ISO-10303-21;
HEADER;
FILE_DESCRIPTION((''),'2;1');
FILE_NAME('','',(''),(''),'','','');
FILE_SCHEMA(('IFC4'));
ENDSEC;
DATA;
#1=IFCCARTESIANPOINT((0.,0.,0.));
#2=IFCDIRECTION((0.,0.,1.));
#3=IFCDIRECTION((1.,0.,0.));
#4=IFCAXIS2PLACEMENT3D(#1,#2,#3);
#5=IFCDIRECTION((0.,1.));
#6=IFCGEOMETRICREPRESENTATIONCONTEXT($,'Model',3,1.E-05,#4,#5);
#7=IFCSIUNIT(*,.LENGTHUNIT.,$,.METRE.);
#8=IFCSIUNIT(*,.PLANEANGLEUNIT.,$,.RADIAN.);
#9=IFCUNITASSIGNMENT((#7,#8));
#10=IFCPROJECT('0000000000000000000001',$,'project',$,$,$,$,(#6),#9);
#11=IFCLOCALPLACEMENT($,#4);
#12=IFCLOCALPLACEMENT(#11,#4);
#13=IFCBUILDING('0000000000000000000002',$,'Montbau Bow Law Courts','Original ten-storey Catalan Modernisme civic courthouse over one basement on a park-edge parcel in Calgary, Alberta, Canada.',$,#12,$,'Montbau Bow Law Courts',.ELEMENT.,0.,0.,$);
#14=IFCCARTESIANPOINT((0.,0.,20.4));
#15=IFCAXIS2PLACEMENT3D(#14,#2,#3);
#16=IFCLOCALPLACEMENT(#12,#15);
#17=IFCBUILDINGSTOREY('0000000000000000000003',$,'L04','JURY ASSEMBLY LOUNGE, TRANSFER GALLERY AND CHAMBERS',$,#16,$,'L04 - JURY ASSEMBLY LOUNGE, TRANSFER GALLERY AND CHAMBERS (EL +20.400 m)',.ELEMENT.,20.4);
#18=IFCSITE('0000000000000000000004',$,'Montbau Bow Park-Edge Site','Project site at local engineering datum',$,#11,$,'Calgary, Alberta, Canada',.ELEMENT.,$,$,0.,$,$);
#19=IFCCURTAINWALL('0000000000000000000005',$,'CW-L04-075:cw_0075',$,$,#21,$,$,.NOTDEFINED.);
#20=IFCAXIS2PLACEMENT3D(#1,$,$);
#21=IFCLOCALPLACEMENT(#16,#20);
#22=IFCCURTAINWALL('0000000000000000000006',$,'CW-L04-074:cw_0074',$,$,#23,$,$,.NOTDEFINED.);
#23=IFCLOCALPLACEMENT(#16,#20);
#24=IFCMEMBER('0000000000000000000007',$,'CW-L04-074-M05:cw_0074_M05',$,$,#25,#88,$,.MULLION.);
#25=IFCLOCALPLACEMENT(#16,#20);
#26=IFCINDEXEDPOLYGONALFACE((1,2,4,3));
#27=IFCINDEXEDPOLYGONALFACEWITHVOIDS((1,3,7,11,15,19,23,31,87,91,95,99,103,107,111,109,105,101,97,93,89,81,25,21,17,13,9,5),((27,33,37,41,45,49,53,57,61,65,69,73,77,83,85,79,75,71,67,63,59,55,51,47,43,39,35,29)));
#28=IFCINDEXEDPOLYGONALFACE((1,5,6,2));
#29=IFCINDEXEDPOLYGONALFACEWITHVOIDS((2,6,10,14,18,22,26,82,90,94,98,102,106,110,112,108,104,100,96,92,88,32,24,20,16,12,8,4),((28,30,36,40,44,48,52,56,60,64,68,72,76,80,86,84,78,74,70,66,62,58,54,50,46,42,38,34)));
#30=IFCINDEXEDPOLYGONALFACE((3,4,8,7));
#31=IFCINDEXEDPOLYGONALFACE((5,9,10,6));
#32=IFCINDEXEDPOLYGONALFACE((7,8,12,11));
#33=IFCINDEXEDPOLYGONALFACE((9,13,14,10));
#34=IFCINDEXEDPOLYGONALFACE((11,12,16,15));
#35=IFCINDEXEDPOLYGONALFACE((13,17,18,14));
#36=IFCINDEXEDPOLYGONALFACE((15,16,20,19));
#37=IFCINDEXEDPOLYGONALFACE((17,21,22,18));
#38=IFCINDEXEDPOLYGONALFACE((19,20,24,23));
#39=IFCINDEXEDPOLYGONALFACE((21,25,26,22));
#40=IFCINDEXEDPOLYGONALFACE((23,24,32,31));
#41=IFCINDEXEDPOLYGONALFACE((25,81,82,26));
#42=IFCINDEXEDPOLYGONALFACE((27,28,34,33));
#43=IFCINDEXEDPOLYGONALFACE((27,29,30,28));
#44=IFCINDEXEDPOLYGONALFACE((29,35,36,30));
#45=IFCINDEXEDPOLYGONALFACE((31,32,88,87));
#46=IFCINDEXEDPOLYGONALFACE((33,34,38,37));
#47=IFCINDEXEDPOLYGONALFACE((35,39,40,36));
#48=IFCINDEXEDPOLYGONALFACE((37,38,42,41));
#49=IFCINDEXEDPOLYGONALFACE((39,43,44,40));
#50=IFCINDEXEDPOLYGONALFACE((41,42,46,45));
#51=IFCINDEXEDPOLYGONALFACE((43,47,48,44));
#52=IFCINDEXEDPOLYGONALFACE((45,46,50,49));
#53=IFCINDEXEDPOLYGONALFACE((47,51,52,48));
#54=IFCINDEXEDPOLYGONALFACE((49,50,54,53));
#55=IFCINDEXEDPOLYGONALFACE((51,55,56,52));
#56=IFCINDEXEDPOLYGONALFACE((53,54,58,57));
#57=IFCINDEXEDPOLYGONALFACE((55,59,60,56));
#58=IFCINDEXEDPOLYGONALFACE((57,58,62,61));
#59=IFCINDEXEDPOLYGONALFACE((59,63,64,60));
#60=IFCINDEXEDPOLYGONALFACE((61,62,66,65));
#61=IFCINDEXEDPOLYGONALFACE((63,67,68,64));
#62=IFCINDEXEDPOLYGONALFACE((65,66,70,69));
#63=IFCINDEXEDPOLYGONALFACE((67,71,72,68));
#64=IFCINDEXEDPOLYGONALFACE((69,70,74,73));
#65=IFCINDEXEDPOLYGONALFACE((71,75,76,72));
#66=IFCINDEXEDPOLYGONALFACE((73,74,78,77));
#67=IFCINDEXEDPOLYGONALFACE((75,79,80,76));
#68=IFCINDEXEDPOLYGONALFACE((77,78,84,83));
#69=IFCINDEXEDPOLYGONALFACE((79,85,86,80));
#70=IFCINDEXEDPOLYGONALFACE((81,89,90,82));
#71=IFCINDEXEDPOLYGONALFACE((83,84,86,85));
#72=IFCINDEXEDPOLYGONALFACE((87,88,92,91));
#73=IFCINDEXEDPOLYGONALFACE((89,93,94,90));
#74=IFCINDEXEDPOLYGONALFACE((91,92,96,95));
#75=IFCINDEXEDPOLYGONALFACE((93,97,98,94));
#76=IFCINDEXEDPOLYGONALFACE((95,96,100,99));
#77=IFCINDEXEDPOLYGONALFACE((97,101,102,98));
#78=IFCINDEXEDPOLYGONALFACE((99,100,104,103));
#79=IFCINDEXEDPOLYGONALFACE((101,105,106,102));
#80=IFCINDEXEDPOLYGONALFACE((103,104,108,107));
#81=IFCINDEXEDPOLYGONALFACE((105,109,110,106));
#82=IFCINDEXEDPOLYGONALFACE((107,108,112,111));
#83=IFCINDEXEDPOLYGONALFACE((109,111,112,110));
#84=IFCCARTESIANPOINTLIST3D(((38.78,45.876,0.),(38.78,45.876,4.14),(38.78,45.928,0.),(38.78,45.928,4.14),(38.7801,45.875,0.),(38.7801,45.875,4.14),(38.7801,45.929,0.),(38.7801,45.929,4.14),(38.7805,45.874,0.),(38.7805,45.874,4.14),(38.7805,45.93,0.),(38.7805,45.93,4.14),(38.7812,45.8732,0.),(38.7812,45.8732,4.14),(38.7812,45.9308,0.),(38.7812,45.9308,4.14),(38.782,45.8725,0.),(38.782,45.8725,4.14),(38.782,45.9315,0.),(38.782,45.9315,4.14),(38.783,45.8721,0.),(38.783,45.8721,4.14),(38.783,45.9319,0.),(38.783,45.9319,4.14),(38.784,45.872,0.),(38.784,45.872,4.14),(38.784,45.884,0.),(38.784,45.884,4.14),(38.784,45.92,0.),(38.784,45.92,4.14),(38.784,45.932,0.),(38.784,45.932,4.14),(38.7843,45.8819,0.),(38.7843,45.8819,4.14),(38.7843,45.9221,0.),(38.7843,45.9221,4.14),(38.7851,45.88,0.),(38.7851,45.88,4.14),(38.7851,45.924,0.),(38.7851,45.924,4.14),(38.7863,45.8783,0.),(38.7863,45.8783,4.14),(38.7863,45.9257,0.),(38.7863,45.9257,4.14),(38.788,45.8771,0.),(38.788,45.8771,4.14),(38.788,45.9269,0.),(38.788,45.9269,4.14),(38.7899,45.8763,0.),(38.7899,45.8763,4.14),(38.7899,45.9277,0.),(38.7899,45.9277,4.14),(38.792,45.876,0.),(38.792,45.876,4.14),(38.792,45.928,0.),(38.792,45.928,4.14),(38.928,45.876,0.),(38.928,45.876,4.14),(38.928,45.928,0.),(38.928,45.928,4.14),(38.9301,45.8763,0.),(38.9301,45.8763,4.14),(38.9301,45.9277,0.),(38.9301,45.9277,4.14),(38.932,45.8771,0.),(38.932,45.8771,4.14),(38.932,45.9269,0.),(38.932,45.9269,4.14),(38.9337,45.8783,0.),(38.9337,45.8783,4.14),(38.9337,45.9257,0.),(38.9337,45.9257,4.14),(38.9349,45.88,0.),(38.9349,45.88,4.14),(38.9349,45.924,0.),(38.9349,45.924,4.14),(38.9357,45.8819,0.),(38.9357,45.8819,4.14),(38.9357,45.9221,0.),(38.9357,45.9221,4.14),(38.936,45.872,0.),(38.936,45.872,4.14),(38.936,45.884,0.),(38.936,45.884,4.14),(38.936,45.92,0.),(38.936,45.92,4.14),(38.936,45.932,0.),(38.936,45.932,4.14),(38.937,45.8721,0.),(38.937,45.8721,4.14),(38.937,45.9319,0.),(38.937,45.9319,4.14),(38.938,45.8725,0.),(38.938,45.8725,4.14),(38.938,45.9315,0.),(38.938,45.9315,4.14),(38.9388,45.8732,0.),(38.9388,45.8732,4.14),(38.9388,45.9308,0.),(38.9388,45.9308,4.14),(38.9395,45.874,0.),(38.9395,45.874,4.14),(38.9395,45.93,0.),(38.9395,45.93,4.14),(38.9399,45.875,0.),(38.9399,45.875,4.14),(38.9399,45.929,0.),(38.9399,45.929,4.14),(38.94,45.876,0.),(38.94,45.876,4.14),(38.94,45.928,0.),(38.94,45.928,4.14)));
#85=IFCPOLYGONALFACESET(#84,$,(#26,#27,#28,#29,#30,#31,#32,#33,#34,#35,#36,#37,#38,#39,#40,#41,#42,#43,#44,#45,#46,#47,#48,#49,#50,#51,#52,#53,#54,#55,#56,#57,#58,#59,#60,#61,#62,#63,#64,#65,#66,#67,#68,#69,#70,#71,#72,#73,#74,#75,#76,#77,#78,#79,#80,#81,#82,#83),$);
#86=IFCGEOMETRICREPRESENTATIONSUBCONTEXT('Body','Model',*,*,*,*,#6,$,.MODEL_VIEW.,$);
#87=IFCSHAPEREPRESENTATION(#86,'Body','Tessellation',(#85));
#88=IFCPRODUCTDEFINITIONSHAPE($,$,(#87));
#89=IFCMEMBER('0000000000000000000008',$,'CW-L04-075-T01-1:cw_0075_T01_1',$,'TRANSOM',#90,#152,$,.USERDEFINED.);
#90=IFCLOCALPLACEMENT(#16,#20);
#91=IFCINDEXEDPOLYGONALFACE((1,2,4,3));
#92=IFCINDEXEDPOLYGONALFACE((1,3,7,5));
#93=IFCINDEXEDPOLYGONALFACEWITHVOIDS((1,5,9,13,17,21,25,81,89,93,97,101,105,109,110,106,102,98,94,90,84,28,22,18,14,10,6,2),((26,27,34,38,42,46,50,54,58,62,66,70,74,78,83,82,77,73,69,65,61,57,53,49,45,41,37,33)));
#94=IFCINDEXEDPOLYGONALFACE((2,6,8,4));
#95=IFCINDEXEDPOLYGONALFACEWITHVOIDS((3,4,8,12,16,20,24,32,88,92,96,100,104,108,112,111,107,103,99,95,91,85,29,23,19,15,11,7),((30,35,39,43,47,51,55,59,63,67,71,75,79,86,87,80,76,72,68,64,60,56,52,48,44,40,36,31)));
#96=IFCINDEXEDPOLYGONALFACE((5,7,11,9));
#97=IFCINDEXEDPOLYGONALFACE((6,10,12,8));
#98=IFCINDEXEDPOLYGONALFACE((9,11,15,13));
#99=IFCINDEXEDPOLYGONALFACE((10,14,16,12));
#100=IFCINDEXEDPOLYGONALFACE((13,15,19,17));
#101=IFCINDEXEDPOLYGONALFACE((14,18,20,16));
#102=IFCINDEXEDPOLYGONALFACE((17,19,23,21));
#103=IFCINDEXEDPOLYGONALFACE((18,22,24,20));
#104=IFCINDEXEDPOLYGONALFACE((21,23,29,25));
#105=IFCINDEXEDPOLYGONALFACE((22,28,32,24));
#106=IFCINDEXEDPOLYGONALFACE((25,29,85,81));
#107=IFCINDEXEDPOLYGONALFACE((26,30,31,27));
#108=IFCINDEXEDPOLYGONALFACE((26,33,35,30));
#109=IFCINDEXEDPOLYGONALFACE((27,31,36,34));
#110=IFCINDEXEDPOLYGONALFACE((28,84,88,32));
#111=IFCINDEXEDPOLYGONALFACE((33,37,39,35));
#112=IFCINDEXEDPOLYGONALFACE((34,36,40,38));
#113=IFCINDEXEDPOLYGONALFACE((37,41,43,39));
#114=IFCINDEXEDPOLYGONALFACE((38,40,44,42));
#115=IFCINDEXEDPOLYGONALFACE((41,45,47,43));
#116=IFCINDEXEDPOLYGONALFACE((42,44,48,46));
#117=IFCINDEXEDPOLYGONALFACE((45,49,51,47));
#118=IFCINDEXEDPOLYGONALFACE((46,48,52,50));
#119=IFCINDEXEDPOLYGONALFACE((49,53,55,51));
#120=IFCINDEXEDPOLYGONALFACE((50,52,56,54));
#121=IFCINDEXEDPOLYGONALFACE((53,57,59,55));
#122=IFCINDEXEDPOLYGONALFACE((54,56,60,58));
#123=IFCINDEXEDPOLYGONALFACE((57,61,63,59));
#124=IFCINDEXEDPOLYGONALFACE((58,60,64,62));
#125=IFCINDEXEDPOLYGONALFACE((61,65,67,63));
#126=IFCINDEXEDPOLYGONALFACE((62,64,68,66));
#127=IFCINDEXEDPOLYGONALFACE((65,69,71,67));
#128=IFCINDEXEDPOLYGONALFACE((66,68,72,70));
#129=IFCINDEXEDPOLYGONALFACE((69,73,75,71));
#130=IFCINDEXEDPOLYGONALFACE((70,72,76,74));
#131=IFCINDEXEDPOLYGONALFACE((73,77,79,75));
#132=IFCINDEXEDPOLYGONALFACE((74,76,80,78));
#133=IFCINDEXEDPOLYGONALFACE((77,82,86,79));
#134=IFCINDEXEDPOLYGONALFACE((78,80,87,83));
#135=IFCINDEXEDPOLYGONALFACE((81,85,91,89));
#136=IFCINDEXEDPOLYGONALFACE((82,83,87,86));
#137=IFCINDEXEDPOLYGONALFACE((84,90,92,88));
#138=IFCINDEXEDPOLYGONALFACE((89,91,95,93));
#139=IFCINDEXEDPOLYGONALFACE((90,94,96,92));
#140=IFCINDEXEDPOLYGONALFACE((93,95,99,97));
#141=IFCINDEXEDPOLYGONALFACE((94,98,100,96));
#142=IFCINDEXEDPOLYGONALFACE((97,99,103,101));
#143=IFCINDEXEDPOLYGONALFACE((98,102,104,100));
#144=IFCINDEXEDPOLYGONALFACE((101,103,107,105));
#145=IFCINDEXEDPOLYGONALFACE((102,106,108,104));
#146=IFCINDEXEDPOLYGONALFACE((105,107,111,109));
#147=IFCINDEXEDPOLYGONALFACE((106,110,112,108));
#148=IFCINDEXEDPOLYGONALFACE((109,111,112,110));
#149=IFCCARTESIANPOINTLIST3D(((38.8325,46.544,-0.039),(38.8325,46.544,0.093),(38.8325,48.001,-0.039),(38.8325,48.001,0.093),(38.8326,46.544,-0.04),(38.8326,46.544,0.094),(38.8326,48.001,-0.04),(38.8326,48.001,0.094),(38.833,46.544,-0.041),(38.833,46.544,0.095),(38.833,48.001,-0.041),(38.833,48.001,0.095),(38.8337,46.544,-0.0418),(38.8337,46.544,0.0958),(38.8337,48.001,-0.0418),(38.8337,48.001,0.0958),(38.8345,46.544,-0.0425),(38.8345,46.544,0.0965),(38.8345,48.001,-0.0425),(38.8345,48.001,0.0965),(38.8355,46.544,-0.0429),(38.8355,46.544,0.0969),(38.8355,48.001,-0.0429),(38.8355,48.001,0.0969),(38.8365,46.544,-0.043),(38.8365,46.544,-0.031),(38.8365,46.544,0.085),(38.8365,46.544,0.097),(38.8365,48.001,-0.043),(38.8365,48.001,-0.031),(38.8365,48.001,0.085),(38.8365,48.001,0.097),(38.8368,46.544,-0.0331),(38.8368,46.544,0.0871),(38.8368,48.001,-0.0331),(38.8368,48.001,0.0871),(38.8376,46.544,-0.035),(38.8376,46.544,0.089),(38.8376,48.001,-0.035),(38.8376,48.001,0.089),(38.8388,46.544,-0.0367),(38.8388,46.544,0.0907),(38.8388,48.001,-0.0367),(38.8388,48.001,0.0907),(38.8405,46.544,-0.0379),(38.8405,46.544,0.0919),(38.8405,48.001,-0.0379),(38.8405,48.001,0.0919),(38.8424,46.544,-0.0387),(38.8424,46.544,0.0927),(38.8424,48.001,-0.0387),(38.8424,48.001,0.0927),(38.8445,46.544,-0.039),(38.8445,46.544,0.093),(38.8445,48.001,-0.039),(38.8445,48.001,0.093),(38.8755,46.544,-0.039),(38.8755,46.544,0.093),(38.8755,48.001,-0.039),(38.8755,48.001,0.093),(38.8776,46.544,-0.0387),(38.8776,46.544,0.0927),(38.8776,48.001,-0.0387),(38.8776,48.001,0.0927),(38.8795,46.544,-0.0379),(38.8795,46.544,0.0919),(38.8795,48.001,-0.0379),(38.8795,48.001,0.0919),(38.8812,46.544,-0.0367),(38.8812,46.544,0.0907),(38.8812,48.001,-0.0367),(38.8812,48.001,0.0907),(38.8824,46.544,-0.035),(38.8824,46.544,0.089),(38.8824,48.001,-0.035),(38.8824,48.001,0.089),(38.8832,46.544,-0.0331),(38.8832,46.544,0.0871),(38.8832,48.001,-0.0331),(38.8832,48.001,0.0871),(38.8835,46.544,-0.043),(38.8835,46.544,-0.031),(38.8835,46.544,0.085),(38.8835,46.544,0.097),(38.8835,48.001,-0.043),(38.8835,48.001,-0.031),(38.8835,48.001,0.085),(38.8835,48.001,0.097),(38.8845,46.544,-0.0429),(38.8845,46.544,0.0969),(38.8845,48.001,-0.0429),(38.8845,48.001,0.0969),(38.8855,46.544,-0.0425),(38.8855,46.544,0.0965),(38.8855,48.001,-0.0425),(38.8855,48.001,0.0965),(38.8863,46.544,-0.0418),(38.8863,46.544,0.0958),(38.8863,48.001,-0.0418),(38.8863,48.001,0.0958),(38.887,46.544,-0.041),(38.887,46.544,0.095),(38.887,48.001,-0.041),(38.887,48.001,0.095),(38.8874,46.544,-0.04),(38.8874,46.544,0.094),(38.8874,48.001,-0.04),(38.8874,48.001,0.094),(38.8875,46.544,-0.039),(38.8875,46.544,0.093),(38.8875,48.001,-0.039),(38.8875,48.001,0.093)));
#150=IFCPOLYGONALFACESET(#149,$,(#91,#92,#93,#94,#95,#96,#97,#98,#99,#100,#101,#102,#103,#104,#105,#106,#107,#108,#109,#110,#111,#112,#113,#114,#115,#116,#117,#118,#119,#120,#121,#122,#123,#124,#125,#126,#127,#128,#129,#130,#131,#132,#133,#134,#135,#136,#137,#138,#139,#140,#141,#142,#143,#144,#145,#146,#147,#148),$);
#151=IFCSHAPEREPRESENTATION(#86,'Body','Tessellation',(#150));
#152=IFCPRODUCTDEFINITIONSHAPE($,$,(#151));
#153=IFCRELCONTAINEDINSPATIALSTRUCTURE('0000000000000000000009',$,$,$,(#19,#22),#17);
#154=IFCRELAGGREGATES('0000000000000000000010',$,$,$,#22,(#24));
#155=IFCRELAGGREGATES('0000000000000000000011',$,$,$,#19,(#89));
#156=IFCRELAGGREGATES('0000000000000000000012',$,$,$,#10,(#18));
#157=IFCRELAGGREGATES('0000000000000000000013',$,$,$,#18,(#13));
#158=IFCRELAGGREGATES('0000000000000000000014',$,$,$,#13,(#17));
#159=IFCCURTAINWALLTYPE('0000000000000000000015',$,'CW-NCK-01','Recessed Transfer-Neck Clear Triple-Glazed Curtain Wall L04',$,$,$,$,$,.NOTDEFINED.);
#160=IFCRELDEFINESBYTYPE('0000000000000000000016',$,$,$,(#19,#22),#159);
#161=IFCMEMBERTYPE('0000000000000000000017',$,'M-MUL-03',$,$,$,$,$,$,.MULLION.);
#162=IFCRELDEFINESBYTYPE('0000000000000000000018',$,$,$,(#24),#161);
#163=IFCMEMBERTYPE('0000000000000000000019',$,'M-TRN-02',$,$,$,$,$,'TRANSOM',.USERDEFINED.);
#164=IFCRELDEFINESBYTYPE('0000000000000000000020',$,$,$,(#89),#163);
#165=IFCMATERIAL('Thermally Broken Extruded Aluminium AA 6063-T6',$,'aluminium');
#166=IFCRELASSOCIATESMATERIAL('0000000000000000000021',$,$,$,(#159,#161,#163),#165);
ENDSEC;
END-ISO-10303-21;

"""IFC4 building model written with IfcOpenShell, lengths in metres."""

from ifc_helpers import new_model, si_unit, direction, frame, origin_with_axes, origin_2d_with_axis, place, context, subcontext, project, spatial, hollow_rectangle, extrude, material, material_profile, profile_set, type_object, element, aggregate, save


model = new_model("IFC4")

# Units and contexts
model_context = context("Model", 3, precision=1e-05, world=origin_with_axes(), true_north=direction((0.0, 1.0)))
body_context = subcontext(model_context, "Body", "Model", "MODEL_VIEW")
ifc_project = project(units=[si_unit("LENGTHUNIT", "METRE"), si_unit("PLANEANGLEUNIT", "RADIAN")], contexts=[model_context])

# Site, building, storey
site_placement = place(None, origin_with_axes())
site = spatial("IfcSite", under=ifc_project, at=site_placement, Name="Montbau Bow Park-Edge Site", Description="Project site at local engineering datum", LongName="Calgary, Alberta, Canada", CompositionType="ELEMENT", RefElevation=0.0)
building_placement = place(site_placement, origin_with_axes())
building = spatial("IfcBuilding", under=site, at=building_placement, Name="Montbau Bow Law Courts", Description="Original ten-storey Catalan Modernisme civic courthouse over one basement on a park-edge parcel in Calgary, Alberta, Canada.", LongName="Montbau Bow Law Courts", CompositionType="ELEMENT", ElevationOfRefHeight=0.0, ElevationOfTerrain=0.0)
storey_placement = place(building_placement, frame((0.0, 0.0, 20.4), z_axis=(0.0, 0.0, 1.0), x_axis=(1.0, 0.0, 0.0)))
storey = spatial("IfcBuildingStorey", under=building, at=storey_placement, Name="L04", Description="JURY ASSEMBLY LOUNGE, TRANSFER GALLERY AND CHAMBERS", LongName="L04 - JURY ASSEMBLY LOUNGE, TRANSFER GALLERY AND CHAMBERS (EL +20.400 m)", CompositionType="ELEMENT", Elevation=20.4)

# Curtain wall
ifc_material_1 = material(Name="Thermally Broken Extruded Aluminium AA 6063-T6", Category="aluminium")
curtain_wall_type = type_object("IfcCurtainWallType", Name="CW-NCK-01", Description="Recessed Transfer-Neck Clear Triple-Glazed Curtain Wall L04", PredefinedType="NOTDEFINED", material=ifc_material_1)
curtain_wall_1_placement = place(None, frame((38.86, 46.468, 20.4), z_axis=(0.0, 0.0, 1.0), x_axis=(1.0, 0.0, 0.0)))
curtain_wall_1 = element("IfcCurtainWall", 1, at=curtain_wall_1_placement, inside=storey, type_object=curtain_wall_type, Name="CW-L04-075:cw_0075", PredefinedType="NOTDEFINED")

# Curtain wall, member
curtain_wall_2_placement = place(None, frame((38.86, 39.515, 20.4), z_axis=(0.0, 0.0, 1.0), x_axis=(1.0, 0.0, 0.0)))
curtain_wall_2 = element("IfcCurtainWall", 2, at=curtain_wall_2_placement, inside=storey, type_object=curtain_wall_type, Name="CW-L04-074:cw_0074", PredefinedType="NOTDEFINED")
ifc_material_profile_1 = material_profile(ifc_material_1, hollow_rectangle(XDim=0.06, YDim=0.16, WallThickness=0.004, InnerFilletRadius=0.008, OuterFilletRadius=0.004, at=origin_2d_with_axis()), Name="CWM-160X60", Category="Main", Priority=0)
ifc_profile_set_1 = profile_set([ifc_material_profile_1], Name="Thermally Broken Extruded Aluminium AA 6063-T6")
member_type_1 = type_object("IfcMemberType", Name="M-MUL-03", PredefinedType="MULLION", material=ifc_profile_set_1)
member_1_placement = place(None, frame((38.86, 45.902, 20.4), z_axis=(0.0, 0.0, 1.0), x_axis=(0.0, 1.0, 0.0)))
member_1 = element("IfcMember", 3, at=member_1_placement, type_object=member_type_1, Name="CW-L04-074-M05:cw_0074_M05", PredefinedType="MULLION", context=body_context, shape_type="SweptSolid", body=[
    extrude(hollow_rectangle(XDim=0.06, YDim=0.16, WallThickness=0.004, InnerFilletRadius=0.008, OuterFilletRadius=0.004, at=origin_2d_with_axis()), origin_with_axes(), (0.0, 0.0, 1.0), 4.14),
])
aggregate(curtain_wall_2, [member_1])

# Member
ifc_material_profile_2 = material_profile(ifc_material_1, hollow_rectangle(XDim=0.055, YDim=0.14, WallThickness=0.004, InnerFilletRadius=0.008, OuterFilletRadius=0.004, at=origin_2d_with_axis()), Name="CWT-140X55", Category="Main", Priority=0)
ifc_profile_set_2 = profile_set([ifc_material_profile_2], Name="Thermally Broken Extruded Aluminium AA 6063-T6")
member_type_2 = type_object("IfcMemberType", Name="M-TRN-02", ElementType="TRANSOM", PredefinedType="USERDEFINED", material=ifc_profile_set_2)
member_2_placement = place(None, frame((38.86, 46.544, 20.427), z_axis=(0.0, 1.0, 0.0), x_axis=(-1.0, 0.0, 0.0)))
member_2 = element("IfcMember", 4, at=member_2_placement, type_object=member_type_2, Name="CW-L04-075-T01-1:cw_0075_T01_1", ObjectType="TRANSOM", PredefinedType="USERDEFINED", context=body_context, shape_type="SweptSolid", body=[
    extrude(hollow_rectangle(XDim=0.055, YDim=0.14, WallThickness=0.004, InnerFilletRadius=0.008, OuterFilletRadius=0.004, at=origin_2d_with_axis()), origin_with_axes(), (0.0, 0.0, 1.0), 1.457),
])

aggregate(curtain_wall_1, [member_2])

save(model, "model.ifc")
